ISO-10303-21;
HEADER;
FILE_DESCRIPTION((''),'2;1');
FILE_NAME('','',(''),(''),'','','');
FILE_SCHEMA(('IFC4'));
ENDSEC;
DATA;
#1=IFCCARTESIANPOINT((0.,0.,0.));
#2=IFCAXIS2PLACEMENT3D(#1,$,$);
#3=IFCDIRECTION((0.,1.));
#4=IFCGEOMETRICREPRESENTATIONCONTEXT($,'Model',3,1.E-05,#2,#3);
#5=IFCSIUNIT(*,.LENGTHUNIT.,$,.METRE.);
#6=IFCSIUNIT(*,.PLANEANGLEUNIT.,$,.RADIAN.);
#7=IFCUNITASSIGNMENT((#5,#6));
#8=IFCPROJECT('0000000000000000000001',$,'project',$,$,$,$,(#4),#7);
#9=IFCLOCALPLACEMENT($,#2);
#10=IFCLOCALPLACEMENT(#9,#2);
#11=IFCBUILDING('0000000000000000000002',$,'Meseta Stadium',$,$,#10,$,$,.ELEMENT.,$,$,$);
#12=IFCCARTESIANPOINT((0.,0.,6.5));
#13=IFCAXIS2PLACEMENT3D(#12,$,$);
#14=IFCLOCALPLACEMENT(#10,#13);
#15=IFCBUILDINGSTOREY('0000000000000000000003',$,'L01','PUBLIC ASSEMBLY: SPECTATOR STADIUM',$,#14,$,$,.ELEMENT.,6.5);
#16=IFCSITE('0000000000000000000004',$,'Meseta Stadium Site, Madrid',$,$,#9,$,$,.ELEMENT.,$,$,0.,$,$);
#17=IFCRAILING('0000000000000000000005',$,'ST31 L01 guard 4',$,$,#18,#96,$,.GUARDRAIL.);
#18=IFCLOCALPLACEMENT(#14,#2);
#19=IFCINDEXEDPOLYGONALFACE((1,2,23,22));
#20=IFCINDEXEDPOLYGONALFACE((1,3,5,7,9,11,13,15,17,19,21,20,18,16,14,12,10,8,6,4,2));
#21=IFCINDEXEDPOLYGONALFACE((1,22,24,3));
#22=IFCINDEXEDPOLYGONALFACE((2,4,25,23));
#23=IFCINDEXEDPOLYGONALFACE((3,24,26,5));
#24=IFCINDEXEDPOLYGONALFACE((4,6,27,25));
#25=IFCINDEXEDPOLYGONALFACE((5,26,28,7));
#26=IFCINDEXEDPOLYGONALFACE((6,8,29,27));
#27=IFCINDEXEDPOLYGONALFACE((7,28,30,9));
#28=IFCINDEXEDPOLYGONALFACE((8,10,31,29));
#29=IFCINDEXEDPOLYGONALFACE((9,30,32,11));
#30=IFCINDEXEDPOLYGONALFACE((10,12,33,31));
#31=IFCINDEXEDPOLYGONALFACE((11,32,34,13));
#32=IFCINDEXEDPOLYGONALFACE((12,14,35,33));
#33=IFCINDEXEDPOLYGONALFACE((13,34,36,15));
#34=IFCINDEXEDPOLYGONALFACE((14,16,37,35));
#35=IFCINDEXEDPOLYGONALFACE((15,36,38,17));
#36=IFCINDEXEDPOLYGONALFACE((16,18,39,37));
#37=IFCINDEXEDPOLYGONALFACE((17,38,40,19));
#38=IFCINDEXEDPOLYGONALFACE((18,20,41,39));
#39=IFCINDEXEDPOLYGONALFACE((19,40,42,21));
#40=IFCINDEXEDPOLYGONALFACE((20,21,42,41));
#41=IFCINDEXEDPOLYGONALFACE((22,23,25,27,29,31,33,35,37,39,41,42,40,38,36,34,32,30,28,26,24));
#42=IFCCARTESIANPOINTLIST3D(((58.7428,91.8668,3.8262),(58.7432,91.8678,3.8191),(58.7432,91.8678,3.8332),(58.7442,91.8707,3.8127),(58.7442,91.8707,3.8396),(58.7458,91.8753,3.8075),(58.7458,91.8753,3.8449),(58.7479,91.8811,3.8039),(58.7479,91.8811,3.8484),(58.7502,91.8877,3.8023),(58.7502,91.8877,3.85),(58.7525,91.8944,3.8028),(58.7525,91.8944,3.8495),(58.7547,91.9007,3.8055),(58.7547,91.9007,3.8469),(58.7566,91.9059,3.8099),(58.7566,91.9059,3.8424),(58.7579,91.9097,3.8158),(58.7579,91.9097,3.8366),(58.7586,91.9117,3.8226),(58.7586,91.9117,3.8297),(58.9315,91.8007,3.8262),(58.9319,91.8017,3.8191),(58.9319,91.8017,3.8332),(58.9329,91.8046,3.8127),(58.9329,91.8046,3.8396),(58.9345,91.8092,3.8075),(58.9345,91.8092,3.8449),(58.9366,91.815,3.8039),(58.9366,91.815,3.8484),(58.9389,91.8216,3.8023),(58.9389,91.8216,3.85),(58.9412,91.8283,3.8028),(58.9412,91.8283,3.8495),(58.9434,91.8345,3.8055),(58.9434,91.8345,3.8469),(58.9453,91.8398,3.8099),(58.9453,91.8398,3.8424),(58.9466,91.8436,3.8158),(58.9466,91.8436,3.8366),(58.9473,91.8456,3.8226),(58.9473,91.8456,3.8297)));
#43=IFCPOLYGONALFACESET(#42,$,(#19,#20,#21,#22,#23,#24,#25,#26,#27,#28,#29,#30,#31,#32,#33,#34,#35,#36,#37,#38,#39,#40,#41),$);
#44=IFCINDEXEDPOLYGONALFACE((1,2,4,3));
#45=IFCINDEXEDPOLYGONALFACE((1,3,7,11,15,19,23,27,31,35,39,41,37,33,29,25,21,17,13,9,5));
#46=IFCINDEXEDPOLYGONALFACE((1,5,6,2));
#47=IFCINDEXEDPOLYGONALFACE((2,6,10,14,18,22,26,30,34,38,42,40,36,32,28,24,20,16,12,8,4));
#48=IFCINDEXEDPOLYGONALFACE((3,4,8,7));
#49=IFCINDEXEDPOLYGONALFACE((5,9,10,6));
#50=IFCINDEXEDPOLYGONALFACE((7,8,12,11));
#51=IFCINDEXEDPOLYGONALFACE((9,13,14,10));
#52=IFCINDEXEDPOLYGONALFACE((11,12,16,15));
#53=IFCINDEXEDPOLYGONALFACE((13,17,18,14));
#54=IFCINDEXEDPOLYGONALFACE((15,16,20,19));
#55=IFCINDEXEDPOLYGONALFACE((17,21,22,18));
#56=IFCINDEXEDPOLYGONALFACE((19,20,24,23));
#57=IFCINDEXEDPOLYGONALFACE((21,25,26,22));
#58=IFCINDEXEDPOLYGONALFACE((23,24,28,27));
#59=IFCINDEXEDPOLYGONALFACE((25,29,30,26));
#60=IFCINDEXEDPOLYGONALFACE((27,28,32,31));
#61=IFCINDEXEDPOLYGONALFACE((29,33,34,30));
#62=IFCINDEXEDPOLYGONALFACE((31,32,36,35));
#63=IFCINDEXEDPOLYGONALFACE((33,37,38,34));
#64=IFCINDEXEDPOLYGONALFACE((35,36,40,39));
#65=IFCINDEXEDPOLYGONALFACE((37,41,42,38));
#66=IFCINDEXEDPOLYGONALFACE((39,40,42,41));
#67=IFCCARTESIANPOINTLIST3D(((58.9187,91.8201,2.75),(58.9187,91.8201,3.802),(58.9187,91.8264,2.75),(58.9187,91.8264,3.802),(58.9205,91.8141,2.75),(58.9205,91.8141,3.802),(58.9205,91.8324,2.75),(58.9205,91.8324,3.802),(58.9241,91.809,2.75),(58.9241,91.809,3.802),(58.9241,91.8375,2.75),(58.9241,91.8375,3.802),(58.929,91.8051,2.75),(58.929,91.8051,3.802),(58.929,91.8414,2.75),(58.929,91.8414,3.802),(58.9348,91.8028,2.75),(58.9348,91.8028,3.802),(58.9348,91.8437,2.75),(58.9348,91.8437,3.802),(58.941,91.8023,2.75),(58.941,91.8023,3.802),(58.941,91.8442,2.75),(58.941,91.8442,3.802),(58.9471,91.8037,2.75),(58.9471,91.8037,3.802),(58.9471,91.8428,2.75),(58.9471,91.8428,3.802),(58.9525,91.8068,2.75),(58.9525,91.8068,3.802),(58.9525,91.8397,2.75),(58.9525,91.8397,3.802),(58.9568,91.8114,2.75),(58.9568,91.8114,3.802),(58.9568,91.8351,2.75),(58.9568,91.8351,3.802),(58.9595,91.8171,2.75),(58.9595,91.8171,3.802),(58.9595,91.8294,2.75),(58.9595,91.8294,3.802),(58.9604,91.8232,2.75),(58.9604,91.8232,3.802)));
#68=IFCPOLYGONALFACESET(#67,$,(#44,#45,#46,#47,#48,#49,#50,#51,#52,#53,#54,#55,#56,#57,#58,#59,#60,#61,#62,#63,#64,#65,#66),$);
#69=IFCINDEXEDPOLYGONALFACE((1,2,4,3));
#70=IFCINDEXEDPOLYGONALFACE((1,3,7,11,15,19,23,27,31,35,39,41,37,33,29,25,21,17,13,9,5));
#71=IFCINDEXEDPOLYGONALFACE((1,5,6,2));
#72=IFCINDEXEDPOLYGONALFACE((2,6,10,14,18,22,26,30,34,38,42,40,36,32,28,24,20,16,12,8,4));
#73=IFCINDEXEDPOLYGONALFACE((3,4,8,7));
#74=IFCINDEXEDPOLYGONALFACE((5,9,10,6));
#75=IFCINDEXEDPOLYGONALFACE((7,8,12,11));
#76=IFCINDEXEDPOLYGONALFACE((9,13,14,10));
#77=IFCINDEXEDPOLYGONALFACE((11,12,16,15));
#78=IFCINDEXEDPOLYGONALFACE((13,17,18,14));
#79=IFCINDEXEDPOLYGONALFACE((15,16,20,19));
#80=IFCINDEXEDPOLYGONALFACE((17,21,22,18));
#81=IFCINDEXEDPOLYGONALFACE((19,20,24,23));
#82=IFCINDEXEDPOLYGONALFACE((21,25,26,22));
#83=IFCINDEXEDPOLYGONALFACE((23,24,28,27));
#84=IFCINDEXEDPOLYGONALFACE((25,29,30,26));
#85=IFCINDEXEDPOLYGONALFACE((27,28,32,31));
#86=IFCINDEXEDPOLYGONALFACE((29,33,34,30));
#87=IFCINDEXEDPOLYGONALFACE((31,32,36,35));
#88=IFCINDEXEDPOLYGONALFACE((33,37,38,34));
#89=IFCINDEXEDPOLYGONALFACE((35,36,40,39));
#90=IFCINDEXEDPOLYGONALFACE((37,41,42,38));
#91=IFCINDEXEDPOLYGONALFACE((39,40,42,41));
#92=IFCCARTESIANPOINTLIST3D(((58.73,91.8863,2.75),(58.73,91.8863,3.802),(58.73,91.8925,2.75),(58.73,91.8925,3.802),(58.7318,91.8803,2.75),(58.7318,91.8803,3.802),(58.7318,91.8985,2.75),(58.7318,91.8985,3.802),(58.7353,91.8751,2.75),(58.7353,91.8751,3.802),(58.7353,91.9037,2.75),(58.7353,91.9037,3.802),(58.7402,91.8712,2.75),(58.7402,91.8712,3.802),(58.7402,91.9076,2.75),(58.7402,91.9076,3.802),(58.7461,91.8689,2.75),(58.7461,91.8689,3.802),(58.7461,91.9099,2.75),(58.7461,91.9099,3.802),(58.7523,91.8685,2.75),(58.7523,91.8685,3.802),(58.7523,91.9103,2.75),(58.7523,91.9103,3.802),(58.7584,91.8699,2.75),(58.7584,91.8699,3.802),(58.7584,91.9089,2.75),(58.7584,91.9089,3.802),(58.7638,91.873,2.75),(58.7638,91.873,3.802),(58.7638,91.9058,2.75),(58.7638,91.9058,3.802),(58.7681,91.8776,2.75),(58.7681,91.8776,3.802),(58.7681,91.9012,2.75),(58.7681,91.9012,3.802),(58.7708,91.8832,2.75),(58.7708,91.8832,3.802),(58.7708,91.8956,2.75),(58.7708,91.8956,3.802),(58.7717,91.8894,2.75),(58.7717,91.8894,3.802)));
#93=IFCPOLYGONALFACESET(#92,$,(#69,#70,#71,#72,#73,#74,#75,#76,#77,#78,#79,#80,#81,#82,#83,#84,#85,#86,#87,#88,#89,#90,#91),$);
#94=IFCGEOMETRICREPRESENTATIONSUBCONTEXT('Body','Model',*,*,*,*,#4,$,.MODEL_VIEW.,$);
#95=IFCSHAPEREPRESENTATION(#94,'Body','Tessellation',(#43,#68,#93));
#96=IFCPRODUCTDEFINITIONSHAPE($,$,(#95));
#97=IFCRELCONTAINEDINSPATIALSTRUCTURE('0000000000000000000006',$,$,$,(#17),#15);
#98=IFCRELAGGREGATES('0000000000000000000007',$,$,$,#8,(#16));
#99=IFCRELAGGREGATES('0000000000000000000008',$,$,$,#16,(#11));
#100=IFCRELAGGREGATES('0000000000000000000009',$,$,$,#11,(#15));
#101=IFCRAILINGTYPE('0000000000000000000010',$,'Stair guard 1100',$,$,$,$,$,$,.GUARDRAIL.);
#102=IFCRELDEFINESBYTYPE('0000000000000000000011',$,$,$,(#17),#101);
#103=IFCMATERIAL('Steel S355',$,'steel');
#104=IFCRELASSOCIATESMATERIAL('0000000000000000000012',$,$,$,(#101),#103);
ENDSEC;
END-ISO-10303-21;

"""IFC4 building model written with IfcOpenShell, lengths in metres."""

from ifc_helpers import new_model, si_unit, direction, frame, origin, origin_2d, place, context, subcontext, project, spatial, circle, extrude, material, type_object, element, save


model = new_model("IFC4")

# Units and contexts
model_context = context("Model", 3, precision=1e-05, world=origin(), true_north=direction((0.0, 1.0)))
body_context = subcontext(model_context, "Body", "Model", "MODEL_VIEW")
ifc_project = project(units=[si_unit("LENGTHUNIT", "METRE"), si_unit("PLANEANGLEUNIT", "RADIAN")], contexts=[model_context])

# Site, building, storey
site_placement = place(None, origin())
site = spatial("IfcSite", under=ifc_project, at=site_placement, Name="Meseta Stadium Site, Madrid", CompositionType="ELEMENT", RefElevation=0.0)
building_placement = place(site_placement, origin())
building = spatial("IfcBuilding", under=site, at=building_placement, Name="Meseta Stadium", CompositionType="ELEMENT")
storey_placement = place(building_placement, frame((0.0, 0.0, 6.5)))
storey = spatial("IfcBuildingStorey", under=building, at=storey_placement, Name="L01", Description="PUBLIC ASSEMBLY: SPECTATOR STADIUM", CompositionType="ELEMENT", Elevation=6.5)

# Railing
ifc_material_1 = material(Name="Steel S355", Category="steel")
railing_type_1 = type_object("IfcRailingType", Name="Stair guard 1100", PredefinedType="GUARDRAIL", material=ifc_material_1)
railing_1_placement = place(storey_placement, frame((58.9395, 91.8232, 2.75)))
element("IfcRailing", 1, at=railing_1_placement, inside=storey, type_object=railing_type_1, Name="ST31 L01 guard 4", PredefinedType="GUARDRAIL", context=body_context, shape_type="SweptSolid", body=[
    extrude(circle(Radius=0.0239, at=origin_2d()), frame((0.0, 0.0, 1.0762), z_axis=(-0.943687, 0.33084, 0.0), x_axis=(-0.33084, -0.943687, 0.0)), (0.0, 0.0, 1.0), 0.2),
    extrude(circle(Radius=0.021, at=origin_2d()), origin(), (0.0, 0.0, 1.0), 1.052),
    extrude(circle(Radius=0.021, at=origin_2d()), frame((-0.1887, 0.0662, 0.0)), (0.0, 0.0, 1.0), 1.052),
])

save(model, "model.ifc")
